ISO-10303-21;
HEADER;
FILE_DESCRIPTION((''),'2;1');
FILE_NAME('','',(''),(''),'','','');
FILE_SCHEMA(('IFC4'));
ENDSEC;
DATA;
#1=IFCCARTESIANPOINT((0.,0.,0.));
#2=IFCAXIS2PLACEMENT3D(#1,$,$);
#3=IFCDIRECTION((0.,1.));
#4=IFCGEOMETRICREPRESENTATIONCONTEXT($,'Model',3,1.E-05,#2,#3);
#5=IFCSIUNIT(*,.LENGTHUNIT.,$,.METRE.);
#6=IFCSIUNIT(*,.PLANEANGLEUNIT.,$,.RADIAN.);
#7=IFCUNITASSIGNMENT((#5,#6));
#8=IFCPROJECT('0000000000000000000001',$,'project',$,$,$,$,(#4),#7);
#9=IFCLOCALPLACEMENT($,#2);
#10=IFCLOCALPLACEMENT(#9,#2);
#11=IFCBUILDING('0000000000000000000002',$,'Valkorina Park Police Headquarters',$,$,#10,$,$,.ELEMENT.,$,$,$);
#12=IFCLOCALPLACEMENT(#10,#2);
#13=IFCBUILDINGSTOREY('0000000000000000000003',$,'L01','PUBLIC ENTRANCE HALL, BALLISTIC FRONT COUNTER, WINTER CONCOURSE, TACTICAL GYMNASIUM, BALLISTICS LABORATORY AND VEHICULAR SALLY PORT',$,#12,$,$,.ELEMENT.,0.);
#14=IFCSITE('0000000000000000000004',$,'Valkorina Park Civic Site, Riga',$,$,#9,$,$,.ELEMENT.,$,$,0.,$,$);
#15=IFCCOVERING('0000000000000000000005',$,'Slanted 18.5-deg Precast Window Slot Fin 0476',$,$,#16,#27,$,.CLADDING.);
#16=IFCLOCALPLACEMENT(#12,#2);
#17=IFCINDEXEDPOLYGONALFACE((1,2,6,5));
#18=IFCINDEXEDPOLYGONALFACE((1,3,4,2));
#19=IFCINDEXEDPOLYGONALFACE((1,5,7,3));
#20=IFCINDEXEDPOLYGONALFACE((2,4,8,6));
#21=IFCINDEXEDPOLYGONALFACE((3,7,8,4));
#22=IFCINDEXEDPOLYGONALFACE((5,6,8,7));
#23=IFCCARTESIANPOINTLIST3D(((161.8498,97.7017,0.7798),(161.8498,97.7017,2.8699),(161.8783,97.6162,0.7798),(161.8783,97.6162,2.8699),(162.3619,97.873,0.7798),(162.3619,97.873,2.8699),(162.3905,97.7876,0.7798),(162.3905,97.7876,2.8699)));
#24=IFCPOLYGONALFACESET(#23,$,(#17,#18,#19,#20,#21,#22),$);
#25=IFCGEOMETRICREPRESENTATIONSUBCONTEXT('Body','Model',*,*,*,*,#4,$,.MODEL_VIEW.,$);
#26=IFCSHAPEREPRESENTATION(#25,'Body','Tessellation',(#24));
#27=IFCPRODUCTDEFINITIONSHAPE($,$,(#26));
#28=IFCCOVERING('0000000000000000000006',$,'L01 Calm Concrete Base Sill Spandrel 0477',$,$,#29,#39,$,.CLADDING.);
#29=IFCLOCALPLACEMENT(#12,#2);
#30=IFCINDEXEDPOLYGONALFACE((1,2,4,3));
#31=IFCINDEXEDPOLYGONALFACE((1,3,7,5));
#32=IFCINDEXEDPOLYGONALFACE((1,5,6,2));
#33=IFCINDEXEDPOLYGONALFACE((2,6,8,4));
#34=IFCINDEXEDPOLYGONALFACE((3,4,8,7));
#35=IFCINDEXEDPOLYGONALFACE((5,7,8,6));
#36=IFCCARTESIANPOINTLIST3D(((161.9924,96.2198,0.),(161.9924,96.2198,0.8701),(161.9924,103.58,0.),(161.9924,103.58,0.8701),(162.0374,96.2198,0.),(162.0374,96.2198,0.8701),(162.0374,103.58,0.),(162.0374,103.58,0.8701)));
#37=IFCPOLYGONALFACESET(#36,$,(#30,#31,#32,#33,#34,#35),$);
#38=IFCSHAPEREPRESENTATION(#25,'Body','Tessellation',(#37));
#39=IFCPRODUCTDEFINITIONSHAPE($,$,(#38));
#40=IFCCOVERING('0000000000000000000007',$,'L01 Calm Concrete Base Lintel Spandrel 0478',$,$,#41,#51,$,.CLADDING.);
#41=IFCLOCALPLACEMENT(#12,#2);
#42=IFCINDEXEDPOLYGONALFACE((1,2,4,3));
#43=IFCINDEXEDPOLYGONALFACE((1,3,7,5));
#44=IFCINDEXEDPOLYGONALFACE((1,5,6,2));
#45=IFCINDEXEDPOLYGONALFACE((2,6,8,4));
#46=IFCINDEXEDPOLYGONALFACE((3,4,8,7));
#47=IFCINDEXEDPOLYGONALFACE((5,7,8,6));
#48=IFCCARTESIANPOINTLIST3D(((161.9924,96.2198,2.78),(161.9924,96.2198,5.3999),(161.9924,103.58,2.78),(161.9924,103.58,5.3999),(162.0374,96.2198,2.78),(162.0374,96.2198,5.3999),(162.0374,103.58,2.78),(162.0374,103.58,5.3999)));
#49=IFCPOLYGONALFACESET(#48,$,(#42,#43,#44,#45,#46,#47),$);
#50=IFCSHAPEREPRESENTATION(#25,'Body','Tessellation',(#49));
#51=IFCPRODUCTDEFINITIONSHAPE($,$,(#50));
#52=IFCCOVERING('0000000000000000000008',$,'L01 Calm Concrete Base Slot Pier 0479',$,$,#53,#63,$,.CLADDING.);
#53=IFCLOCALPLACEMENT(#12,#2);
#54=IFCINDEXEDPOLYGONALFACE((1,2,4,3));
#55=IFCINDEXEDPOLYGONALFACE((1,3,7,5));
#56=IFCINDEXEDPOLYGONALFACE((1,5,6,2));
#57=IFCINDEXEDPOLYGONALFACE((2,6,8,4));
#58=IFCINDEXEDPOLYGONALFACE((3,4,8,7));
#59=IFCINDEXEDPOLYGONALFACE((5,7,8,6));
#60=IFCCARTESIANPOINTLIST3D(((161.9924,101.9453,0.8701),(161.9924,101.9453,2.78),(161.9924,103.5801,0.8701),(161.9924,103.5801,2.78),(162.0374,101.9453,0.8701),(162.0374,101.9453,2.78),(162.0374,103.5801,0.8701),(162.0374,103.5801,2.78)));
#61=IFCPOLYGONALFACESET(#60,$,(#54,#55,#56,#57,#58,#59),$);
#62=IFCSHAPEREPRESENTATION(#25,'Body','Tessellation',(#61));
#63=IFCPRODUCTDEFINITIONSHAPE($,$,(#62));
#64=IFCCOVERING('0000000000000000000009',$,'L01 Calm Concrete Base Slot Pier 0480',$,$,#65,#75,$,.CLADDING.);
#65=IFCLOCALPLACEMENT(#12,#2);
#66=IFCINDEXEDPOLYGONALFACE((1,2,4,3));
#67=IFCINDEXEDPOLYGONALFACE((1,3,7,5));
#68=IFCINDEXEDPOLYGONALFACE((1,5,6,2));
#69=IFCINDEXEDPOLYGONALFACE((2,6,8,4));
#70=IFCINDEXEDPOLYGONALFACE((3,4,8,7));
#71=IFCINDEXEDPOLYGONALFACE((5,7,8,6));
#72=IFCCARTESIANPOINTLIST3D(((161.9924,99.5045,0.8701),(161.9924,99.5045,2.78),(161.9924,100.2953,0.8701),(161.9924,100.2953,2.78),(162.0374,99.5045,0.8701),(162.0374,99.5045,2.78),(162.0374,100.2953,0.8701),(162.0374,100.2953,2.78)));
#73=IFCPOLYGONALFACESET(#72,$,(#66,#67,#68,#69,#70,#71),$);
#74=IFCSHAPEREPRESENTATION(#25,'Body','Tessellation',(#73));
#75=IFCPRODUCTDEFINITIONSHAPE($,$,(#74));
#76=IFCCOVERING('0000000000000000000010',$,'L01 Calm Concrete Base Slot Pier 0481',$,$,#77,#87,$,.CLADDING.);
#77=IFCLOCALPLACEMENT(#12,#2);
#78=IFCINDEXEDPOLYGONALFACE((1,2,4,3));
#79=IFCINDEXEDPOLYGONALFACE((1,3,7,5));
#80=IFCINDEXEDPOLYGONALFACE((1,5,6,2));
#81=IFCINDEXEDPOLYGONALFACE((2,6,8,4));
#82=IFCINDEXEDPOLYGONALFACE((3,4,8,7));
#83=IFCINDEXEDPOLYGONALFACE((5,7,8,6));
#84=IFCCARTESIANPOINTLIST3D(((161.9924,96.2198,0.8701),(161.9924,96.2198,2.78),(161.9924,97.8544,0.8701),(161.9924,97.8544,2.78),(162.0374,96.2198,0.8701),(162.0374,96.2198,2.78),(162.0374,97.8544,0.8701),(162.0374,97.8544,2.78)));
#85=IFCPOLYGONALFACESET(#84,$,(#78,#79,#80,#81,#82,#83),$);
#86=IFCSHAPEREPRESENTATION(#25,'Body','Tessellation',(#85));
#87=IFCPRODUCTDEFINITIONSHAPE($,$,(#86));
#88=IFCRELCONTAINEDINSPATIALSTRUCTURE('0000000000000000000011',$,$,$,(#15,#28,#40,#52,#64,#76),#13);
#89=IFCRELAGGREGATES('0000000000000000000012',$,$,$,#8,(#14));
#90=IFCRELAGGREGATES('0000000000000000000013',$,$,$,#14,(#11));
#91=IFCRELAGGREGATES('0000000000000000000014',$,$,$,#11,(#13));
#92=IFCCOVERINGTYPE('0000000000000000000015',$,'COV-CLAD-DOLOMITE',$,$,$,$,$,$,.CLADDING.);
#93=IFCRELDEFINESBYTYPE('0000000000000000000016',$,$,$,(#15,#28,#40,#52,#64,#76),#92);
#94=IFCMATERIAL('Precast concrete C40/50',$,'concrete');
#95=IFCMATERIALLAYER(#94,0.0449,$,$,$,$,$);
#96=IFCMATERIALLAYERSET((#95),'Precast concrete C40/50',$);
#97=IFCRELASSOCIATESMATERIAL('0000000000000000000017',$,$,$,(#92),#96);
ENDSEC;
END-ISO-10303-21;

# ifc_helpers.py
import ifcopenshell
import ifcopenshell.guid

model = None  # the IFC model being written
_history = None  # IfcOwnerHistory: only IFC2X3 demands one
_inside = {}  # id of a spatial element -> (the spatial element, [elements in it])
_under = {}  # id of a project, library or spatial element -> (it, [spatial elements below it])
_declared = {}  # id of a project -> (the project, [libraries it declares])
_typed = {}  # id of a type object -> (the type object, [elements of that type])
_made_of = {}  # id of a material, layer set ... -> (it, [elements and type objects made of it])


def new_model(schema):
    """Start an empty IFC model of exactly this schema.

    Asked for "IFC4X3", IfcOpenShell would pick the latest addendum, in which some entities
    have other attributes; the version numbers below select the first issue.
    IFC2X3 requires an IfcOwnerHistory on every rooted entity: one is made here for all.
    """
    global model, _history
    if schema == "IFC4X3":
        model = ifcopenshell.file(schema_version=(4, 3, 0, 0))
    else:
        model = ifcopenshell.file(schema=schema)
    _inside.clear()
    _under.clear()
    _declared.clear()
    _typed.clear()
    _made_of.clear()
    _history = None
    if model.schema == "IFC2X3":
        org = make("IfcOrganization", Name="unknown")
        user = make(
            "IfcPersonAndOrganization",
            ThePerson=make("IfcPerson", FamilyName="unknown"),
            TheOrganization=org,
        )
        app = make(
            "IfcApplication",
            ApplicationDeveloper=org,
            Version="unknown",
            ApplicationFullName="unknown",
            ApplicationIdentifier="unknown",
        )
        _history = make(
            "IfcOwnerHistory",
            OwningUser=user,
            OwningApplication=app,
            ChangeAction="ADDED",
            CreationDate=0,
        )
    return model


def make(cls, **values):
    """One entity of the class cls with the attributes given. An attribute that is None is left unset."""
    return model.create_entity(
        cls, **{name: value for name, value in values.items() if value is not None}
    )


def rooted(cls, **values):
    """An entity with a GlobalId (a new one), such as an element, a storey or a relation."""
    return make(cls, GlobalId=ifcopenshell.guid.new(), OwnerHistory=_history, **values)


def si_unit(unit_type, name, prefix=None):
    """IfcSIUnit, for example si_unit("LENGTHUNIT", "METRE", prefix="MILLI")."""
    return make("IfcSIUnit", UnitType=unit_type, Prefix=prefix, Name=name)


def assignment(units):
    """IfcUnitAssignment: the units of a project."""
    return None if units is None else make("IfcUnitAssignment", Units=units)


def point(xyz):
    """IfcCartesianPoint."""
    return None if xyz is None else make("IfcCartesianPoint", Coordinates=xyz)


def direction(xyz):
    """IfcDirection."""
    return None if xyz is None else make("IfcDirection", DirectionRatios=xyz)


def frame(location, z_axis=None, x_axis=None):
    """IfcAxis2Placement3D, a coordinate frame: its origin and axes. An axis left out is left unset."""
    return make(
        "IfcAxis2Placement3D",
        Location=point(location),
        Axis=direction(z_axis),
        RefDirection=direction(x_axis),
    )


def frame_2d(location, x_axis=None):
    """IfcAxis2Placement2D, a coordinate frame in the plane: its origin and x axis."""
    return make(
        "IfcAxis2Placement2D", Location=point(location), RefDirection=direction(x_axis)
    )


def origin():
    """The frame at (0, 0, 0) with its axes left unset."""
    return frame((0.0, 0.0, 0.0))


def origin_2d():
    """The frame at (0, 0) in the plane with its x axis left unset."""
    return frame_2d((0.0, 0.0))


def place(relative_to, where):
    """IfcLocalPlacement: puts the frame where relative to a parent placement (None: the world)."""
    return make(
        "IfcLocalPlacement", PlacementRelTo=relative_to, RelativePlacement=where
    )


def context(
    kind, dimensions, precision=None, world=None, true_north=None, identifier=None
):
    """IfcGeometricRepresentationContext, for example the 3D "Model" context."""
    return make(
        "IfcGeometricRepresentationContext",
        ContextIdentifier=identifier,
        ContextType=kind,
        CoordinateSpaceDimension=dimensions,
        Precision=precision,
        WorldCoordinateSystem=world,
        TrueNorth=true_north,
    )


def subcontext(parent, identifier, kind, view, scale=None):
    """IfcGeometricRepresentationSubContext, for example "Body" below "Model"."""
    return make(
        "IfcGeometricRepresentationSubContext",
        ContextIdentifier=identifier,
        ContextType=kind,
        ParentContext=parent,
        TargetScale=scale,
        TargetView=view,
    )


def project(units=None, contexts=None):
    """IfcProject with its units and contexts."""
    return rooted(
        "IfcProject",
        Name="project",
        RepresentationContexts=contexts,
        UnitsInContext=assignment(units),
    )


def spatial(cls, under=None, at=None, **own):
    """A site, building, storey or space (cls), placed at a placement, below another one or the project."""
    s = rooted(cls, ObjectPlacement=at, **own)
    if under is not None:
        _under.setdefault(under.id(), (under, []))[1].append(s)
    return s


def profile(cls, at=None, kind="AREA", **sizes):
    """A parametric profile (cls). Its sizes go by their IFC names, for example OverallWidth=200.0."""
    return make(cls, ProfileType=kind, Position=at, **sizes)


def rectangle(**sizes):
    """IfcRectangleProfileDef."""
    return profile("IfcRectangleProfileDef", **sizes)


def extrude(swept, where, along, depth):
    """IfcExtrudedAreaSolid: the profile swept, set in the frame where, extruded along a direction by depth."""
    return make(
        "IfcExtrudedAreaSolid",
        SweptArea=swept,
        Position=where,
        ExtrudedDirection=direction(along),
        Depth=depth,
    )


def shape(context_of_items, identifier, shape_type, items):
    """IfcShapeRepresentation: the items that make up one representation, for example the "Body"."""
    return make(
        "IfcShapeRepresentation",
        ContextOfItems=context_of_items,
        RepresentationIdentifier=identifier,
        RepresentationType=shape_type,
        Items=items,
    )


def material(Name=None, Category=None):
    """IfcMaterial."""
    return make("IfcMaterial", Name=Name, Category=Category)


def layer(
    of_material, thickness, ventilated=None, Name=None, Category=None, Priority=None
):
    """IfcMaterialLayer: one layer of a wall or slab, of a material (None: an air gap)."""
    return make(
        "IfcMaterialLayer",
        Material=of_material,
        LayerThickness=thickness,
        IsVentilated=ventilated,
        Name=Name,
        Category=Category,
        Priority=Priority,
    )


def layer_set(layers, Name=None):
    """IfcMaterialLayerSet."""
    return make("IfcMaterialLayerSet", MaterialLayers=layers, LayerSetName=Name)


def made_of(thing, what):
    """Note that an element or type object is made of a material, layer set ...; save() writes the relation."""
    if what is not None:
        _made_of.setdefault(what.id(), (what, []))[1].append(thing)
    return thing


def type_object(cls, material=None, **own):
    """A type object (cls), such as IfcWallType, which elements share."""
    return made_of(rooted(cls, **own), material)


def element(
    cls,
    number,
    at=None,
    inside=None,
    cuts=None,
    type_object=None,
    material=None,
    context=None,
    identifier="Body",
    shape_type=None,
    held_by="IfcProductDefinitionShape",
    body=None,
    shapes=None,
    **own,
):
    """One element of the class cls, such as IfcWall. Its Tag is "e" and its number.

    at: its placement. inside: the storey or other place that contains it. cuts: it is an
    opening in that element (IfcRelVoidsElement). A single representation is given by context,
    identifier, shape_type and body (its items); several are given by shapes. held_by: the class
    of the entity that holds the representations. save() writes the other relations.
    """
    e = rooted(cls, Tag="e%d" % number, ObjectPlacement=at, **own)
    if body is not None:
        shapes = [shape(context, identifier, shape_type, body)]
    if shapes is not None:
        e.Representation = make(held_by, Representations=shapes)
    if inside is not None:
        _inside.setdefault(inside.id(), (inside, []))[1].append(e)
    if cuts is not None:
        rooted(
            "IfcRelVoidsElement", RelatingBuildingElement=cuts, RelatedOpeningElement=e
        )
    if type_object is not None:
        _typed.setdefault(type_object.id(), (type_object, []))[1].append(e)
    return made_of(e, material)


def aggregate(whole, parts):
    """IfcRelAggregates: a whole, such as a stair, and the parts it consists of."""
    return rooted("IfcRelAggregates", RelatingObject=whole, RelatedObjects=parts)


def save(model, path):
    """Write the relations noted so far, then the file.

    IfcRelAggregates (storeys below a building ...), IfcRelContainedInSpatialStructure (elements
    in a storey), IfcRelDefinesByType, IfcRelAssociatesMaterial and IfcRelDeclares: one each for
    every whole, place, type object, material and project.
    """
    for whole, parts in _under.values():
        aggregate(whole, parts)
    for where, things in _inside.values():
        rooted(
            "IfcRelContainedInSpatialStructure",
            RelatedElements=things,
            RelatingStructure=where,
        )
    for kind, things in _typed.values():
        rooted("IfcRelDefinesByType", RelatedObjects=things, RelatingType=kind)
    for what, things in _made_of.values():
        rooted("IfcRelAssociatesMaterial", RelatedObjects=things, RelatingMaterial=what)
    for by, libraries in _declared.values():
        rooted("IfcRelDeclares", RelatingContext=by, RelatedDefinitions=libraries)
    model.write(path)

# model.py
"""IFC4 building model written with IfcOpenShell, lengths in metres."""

from ifc_helpers import new_model, si_unit, direction, frame, frame_2d, origin, origin_2d, place, context, subcontext, project, spatial, rectangle, extrude, material, layer, layer_set, type_object, element, save


model = new_model("IFC4")

# Units and contexts
model_context = context("Model", 3, precision=1e-05, world=origin(), true_north=direction((0.0, 1.0)))
body_context = subcontext(model_context, "Body", "Model", "MODEL_VIEW")
ifc_project = project(units=[si_unit("LENGTHUNIT", "METRE"), si_unit("PLANEANGLEUNIT", "RADIAN")], contexts=[model_context])

# Site, building, storey
site_placement = place(None, origin())
site = spatial("IfcSite", under=ifc_project, at=site_placement, Name="Valkorina Park Civic Site, Riga", CompositionType="ELEMENT", RefElevation=0.0)
building_placement = place(site_placement, origin())
building = spatial("IfcBuilding", under=site, at=building_placement, Name="Valkorina Park Police Headquarters", CompositionType="ELEMENT")
storey_placement = place(building_placement, origin())
storey = spatial("IfcBuildingStorey", under=building, at=storey_placement, Name="L01", Description="PUBLIC ENTRANCE HALL, BALLISTIC FRONT COUNTER, WINTER CONCOURSE, TACTICAL GYMNASIUM, BALLISTICS LABORATORY AND VEHICULAR SALLY PORT", CompositionType="ELEMENT", Elevation=0.0)

# Shared definitions
ifc_material_1 = material(Name="Precast concrete C40/50", Category="concrete")

# Coverings
ifc_layer_1 = layer(ifc_material_1, 0.0449)
ifc_layer_set_1 = layer_set([ifc_layer_1], Name="Precast concrete C40/50")
covering_type = type_object("IfcCoveringType", Name="COV-CLAD-DOLOMITE", PredefinedType="CLADDING", material=ifc_layer_set_1)
for number, where, z_axis, x_axis, name in (
    (1, (162.1201, 97.7446, 0.7798), (0.0, 0.0, 1.0), (0.948324, 0.317305, 0.0), "Slanted 18.5-deg Precast Window Slot Fin 0476"),
):
    element("IfcCovering", number, at=place(storey_placement, frame(where, z_axis=z_axis, x_axis=x_axis)), inside=storey, type_object=covering_type, Name=name, PredefinedType="CLADDING", context=body_context, shape_type="SweptSolid", body=[
        extrude(rectangle(XDim=0.54, YDim=0.0901, at=origin_2d()), origin(), (0.0, 0.0, 1.0), 2.0901),
    ])
covering_1_placement = place(storey_placement, frame((162.0149, 103.5801, 0.0), z_axis=(0.0, 0.0, 1.0), x_axis=(0.0, -1.0, 0.0)))
element("IfcCovering", 2, at=covering_1_placement, inside=storey, type_object=covering_type, Name="L01 Calm Concrete Base Sill Spandrel 0477", PredefinedType="CLADDING", context=body_context, shape_type="SweptSolid", body=[
    extrude(rectangle(XDim=7.3601, YDim=0.0449, at=frame_2d((3.6802, 0.0))), origin(), (0.0, 0.0, 1.0), 0.8701),
])
covering_2_placement = place(storey_placement, frame((162.0149, 103.5801, 2.78), z_axis=(0.0, 0.0, 1.0), x_axis=(0.0, -1.0, 0.0)))
element("IfcCovering", 3, at=covering_2_placement, inside=storey, type_object=covering_type, Name="L01 Calm Concrete Base Lintel Spandrel 0478", PredefinedType="CLADDING", context=body_context, shape_type="SweptSolid", body=[
    extrude(rectangle(XDim=7.3601, YDim=0.0449, at=frame_2d((3.6802, 0.0))), origin(), (0.0, 0.0, 1.0), 2.6199),
])
covering_3_placement = place(storey_placement, frame((162.0149, 103.5801, 0.8701), z_axis=(0.0, 0.0, 1.0), x_axis=(0.0, -1.0, 0.0)))
element("IfcCovering", 4, at=covering_3_placement, inside=storey, type_object=covering_type, Name="L01 Calm Concrete Base Slot Pier 0479", PredefinedType="CLADDING", context=body_context, shape_type="SweptSolid", body=[
    extrude(rectangle(XDim=1.6348, YDim=0.0449, at=frame_2d((0.8174, 0.0))), origin(), (0.0, 0.0, 1.0), 1.9099),
])
covering_4_placement = place(storey_placement, frame((162.0149, 100.2954, 0.8701), z_axis=(0.0, 0.0, 1.0), x_axis=(0.0, -1.0, 0.0)))
element("IfcCovering", 5, at=covering_4_placement, inside=storey, type_object=covering_type, Name="L01 Calm Concrete Base Slot Pier 0480", PredefinedType="CLADDING", context=body_context, shape_type="SweptSolid", body=[
    extrude(rectangle(XDim=0.7908, YDim=0.0449, at=frame_2d((0.3955, 0.0))), origin(), (0.0, 0.0, 1.0), 1.9099),
])
covering_5_placement = place(storey_placement, frame((162.0149, 97.8545, 0.8701), z_axis=(0.0, 0.0, 1.0), x_axis=(0.0, -1.0, 0.0)))
element("IfcCovering", 6, at=covering_5_placement, inside=storey, type_object=covering_type, Name="L01 Calm Concrete Base Slot Pier 0481", PredefinedType="CLADDING", context=body_context, shape_type="SweptSolid", body=[
    extrude(rectangle(XDim=1.6345, YDim=0.0449, at=frame_2d((0.8174, 0.0))), origin(), (0.0, 0.0, 1.0), 1.9099),
])

save(model, "model.ifc")
